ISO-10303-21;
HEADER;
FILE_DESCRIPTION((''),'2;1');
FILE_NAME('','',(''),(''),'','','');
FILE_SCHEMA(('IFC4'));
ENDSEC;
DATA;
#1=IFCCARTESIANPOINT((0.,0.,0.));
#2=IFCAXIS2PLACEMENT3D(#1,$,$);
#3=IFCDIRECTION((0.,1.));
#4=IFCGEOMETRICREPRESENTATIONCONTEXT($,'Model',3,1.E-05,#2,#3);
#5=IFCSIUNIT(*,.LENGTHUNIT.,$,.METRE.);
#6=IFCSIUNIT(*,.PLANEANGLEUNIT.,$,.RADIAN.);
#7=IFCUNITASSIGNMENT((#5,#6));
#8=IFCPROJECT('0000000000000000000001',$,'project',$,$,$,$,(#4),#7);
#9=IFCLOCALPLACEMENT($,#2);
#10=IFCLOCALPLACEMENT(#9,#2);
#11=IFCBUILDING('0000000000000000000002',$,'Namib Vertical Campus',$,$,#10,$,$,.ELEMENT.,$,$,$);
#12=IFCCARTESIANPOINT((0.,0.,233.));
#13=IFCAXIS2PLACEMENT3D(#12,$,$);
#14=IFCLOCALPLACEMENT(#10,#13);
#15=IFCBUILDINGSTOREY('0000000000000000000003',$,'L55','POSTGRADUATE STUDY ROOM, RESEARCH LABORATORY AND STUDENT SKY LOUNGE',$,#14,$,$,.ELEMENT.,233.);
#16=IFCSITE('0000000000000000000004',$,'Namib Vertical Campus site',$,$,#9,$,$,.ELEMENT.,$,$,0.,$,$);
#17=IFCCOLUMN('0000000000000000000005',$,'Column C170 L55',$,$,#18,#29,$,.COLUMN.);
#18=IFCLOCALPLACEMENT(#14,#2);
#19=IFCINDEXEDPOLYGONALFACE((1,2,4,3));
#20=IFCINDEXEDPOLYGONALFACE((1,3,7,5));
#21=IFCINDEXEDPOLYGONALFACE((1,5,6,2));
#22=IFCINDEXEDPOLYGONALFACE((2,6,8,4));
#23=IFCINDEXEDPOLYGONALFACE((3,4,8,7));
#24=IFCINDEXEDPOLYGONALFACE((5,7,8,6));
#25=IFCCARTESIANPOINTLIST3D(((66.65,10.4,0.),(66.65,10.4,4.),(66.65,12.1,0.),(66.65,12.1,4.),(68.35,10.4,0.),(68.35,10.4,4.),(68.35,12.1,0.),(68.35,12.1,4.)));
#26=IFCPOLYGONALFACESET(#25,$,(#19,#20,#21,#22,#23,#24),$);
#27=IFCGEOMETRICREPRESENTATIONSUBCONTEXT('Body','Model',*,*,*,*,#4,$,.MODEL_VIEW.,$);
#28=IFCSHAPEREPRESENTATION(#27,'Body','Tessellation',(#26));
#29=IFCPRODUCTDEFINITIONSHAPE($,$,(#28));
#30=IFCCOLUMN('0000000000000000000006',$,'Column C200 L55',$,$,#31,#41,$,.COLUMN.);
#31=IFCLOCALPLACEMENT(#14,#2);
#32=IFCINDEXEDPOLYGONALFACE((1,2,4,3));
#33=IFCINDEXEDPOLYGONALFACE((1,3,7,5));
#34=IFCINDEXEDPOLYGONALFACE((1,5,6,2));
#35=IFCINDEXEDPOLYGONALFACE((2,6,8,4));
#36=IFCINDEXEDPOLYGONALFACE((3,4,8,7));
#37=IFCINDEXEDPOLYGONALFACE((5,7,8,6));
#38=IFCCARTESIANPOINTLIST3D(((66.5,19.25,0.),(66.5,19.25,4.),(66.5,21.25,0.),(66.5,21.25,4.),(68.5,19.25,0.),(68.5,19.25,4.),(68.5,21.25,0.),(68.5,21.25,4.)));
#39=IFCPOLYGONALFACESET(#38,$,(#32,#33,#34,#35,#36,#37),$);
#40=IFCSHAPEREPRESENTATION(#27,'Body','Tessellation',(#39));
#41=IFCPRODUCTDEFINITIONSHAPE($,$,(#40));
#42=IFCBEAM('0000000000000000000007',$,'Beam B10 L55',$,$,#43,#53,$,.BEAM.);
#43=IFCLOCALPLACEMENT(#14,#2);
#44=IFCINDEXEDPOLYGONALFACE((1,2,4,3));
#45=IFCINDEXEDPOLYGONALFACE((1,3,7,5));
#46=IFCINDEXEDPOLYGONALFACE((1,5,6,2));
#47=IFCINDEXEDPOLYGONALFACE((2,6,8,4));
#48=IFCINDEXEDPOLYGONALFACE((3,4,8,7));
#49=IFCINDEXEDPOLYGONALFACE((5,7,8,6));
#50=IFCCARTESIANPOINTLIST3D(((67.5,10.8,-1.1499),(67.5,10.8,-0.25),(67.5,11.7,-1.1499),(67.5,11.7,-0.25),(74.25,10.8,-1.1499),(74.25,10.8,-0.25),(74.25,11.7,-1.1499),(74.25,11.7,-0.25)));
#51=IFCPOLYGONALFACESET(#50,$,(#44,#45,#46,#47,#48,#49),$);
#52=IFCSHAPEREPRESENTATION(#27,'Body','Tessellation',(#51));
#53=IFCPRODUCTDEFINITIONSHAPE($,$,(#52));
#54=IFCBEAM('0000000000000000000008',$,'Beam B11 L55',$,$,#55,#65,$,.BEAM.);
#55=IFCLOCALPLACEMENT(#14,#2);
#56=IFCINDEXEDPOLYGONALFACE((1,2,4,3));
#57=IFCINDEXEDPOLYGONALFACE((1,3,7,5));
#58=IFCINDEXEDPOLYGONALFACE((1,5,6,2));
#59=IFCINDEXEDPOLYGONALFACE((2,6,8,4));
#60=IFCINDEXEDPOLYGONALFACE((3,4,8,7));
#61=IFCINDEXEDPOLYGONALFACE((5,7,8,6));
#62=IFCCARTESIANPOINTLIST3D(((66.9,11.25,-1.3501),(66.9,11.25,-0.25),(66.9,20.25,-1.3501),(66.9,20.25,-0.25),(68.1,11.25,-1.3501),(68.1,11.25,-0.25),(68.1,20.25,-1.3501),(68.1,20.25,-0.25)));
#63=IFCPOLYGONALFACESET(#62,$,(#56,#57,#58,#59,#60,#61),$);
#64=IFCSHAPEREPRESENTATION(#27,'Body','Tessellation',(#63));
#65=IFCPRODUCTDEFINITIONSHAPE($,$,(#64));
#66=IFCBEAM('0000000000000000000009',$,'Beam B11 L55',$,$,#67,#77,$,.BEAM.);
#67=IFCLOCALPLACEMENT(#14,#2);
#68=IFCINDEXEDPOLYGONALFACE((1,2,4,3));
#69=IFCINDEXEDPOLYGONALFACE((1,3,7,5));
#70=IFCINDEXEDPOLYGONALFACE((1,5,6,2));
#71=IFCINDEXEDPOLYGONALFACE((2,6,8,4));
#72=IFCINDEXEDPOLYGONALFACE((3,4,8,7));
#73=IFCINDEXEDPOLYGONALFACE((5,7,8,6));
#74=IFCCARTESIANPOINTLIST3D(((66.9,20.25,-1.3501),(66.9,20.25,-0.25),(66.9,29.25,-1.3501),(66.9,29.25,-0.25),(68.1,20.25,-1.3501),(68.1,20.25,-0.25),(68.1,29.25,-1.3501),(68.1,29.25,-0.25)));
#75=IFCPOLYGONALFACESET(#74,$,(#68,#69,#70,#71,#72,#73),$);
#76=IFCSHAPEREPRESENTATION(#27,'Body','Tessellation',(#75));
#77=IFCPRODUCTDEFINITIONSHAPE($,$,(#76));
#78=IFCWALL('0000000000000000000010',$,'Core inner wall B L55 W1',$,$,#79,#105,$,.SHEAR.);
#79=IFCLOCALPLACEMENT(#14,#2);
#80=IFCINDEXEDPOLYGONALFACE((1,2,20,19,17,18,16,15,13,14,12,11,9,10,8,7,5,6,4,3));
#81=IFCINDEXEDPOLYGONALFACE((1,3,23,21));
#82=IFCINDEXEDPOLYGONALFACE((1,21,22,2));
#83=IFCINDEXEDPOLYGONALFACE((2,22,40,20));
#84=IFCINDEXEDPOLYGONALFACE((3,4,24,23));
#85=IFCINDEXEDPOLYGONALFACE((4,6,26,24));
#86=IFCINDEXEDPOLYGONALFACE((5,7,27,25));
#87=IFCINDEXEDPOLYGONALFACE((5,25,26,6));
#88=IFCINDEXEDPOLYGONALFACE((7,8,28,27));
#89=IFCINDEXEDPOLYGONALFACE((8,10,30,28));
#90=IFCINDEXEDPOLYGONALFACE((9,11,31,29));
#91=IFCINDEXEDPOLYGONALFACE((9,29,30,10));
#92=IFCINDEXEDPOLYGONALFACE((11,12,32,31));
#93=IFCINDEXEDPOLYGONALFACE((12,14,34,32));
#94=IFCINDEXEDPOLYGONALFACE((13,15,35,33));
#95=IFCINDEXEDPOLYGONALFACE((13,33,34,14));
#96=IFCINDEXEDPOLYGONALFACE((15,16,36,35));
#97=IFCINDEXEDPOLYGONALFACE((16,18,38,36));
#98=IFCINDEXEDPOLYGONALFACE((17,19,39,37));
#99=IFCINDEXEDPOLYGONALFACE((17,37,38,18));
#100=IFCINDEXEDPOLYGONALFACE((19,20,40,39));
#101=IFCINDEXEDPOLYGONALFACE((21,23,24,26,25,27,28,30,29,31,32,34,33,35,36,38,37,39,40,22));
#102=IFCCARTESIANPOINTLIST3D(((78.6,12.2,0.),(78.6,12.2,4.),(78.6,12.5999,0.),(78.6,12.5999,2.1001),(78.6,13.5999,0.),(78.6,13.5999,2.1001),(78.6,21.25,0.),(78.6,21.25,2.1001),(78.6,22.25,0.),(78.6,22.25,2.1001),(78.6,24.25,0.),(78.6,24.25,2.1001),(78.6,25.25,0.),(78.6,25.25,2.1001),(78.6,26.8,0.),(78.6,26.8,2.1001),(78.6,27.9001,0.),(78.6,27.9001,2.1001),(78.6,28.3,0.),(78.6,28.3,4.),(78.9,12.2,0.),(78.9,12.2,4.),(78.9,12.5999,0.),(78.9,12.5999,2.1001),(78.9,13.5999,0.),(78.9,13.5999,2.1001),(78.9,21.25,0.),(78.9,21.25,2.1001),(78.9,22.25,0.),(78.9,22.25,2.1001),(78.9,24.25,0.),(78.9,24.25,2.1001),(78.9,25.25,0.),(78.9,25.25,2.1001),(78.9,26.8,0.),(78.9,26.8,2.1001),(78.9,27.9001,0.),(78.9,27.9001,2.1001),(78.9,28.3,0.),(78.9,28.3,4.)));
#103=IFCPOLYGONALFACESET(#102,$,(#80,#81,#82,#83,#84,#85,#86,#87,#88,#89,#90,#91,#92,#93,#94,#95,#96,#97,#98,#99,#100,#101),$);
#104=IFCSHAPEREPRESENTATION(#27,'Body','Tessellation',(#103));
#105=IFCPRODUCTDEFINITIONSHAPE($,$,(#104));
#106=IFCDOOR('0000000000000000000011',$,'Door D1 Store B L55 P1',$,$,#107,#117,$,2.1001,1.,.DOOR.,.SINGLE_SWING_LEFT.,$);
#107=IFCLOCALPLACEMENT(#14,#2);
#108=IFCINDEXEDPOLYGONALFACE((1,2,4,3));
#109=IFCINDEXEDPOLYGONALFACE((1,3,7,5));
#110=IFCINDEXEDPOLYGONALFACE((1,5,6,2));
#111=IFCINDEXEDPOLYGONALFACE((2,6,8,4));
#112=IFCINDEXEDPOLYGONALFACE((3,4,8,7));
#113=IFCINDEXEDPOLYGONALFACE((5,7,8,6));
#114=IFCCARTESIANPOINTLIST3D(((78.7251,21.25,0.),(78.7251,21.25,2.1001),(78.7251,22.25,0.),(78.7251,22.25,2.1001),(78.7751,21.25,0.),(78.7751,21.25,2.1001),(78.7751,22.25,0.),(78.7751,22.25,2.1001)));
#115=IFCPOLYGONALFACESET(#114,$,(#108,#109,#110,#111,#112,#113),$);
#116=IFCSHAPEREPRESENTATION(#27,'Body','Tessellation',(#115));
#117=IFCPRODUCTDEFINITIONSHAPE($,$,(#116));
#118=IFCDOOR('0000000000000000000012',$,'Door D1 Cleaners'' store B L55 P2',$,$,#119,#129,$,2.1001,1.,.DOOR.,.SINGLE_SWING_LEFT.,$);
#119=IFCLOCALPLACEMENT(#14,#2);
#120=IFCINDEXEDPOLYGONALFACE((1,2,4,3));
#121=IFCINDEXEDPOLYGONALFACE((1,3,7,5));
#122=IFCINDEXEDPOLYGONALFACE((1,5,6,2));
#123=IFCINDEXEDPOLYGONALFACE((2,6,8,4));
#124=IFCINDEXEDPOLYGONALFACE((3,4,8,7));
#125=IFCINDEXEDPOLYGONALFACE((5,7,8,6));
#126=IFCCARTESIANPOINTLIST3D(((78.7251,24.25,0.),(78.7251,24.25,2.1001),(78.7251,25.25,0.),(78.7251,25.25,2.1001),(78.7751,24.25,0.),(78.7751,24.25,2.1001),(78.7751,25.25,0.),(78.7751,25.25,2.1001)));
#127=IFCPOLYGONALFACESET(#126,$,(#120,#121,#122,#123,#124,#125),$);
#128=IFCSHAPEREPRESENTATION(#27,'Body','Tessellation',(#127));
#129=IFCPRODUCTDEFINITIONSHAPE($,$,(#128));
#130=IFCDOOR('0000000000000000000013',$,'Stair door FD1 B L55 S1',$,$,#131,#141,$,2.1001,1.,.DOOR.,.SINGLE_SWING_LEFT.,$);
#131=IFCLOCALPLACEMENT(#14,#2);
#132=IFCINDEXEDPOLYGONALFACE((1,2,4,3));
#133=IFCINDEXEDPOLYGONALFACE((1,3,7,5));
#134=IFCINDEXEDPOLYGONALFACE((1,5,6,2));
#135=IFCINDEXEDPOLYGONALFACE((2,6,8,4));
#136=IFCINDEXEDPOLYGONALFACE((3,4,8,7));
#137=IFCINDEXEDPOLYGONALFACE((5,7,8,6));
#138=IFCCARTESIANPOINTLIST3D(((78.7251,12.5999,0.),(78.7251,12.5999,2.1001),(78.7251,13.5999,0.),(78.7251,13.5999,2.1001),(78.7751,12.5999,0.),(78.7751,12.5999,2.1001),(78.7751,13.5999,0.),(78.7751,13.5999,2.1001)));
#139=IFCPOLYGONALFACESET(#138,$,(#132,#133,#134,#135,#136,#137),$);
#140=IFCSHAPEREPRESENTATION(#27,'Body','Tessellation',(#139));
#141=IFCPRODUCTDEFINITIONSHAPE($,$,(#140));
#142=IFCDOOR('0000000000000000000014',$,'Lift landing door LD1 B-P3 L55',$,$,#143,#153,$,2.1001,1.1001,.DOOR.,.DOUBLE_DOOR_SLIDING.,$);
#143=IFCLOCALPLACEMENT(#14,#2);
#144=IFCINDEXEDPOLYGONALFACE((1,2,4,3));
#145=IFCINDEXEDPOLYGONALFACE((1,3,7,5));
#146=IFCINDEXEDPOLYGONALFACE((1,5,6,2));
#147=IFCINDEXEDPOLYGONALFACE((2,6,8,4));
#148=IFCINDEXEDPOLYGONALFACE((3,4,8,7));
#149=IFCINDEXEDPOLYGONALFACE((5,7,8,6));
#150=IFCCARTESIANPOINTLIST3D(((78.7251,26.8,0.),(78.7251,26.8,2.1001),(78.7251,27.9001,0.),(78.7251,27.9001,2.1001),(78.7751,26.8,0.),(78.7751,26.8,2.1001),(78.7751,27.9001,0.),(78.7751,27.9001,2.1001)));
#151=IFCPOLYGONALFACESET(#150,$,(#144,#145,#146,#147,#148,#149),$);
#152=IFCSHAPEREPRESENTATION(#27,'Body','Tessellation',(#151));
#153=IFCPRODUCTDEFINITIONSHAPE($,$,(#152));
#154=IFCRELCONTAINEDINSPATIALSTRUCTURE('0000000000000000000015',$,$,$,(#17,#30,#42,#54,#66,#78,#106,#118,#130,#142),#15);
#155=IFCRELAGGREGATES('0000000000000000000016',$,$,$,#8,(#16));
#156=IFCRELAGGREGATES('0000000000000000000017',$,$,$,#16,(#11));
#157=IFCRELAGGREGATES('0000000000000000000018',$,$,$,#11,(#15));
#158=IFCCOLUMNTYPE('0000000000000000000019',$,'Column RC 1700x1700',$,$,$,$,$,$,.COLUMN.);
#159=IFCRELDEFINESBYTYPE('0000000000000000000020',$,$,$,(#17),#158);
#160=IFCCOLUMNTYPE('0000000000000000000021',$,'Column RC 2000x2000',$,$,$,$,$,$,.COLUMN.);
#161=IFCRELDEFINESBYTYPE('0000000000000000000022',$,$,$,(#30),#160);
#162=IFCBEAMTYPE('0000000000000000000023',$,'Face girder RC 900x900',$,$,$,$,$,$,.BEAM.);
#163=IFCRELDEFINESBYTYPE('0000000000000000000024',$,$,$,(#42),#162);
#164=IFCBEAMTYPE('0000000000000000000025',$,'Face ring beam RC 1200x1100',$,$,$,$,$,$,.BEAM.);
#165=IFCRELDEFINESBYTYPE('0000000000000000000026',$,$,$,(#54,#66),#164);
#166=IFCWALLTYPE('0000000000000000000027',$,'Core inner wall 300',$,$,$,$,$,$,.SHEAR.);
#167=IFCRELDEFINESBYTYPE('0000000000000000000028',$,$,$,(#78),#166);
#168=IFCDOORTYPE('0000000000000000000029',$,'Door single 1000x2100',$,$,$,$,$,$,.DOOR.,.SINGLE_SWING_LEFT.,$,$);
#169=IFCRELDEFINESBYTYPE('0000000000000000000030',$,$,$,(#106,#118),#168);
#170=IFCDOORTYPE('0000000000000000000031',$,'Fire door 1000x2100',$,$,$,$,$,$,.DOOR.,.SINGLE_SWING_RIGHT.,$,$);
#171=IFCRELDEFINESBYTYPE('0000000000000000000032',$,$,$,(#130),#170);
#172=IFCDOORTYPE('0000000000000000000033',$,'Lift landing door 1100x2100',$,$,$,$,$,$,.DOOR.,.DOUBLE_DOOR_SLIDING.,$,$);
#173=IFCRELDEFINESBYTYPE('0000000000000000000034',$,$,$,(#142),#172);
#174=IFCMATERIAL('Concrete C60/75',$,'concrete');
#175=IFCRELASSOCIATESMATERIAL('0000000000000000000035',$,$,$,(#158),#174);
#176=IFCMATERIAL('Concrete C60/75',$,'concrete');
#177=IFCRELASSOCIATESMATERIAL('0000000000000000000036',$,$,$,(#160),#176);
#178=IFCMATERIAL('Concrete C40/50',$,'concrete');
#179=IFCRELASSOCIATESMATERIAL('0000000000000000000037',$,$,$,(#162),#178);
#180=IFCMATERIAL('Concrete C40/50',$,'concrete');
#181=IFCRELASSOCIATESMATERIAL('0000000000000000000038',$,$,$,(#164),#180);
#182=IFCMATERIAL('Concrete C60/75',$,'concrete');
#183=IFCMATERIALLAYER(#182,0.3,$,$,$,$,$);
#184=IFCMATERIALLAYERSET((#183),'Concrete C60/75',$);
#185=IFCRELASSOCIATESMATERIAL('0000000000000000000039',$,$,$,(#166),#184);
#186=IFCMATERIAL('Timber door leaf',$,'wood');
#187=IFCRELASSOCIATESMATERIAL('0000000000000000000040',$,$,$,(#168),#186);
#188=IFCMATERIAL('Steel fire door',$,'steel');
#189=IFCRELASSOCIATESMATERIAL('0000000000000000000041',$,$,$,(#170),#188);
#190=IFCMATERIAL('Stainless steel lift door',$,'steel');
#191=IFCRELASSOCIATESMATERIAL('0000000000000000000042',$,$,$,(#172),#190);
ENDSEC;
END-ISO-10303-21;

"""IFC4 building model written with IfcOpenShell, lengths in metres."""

from ifc_helpers import new_model, si_unit, direction, frame, frame_2d, origin, origin_2d, place, context, subcontext, project, spatial, rectangle, extrude, material, layer, layer_set, material_profile, profile_set, type_object, element, fill, save


model = new_model("IFC4")

# Units and contexts
model_context = context("Model", 3, precision=1e-05, world=origin(), true_north=direction((0.0, 1.0)))
body_context = subcontext(model_context, "Body", "Model", "MODEL_VIEW")
ifc_project = project(units=[si_unit("LENGTHUNIT", "METRE"), si_unit("PLANEANGLEUNIT", "RADIAN")], contexts=[model_context])

# Site, building, storey
site_placement = place(None, origin())
site = spatial("IfcSite", under=ifc_project, at=site_placement, Name="Namib Vertical Campus site", CompositionType="ELEMENT", RefElevation=0.0)
building_placement = place(site_placement, origin())
building = spatial("IfcBuilding", under=site, at=building_placement, Name="Namib Vertical Campus", CompositionType="ELEMENT")
storey_placement = place(building_placement, frame((0.0, 0.0, 233.0)))
storey = spatial("IfcBuildingStorey", under=building, at=storey_placement, Name="L55", Description="POSTGRADUATE STUDY ROOM, RESEARCH LABORATORY AND STUDENT SKY LOUNGE", CompositionType="ELEMENT", Elevation=233.0)

# Columns
ifc_material_1 = material(Name="Concrete C60/75", Category="concrete")
ifc_material_profile_1 = material_profile(ifc_material_1, rectangle(XDim=1.7, YDim=1.7, at=origin_2d()))
ifc_profile_set_1 = profile_set([ifc_material_profile_1], Name="Concrete C60/75")
column_type_1 = type_object("IfcColumnType", Name="Column RC 1700x1700", PredefinedType="COLUMN", material=ifc_profile_set_1)
column_1_placement = place(storey_placement, frame((67.5, 11.25, 0.0), z_axis=(0.0, 0.0, 1.0), x_axis=(1.0, 0.0, 0.0)))
element("IfcColumn", 1, at=column_1_placement, inside=storey, type_object=column_type_1, Name="Column C170 L55", PredefinedType="COLUMN", context=body_context, shape_type="SweptSolid", body=[
    extrude(rectangle(XDim=1.7, YDim=1.7, at=origin_2d()), origin(), (0.0, 0.0, 1.0), 4.0),
])
ifc_material_2 = material(Name="Concrete C60/75", Category="concrete")
ifc_material_profile_2 = material_profile(ifc_material_2, rectangle(XDim=2.0, YDim=2.0, at=origin_2d()))
ifc_profile_set_2 = profile_set([ifc_material_profile_2], Name="Concrete C60/75")
column_type_2 = type_object("IfcColumnType", Name="Column RC 2000x2000", PredefinedType="COLUMN", material=ifc_profile_set_2)
column_2_placement = place(storey_placement, frame((67.5, 20.25, 0.0), z_axis=(0.0, 0.0, 1.0), x_axis=(1.0, 0.0, 0.0)))
element("IfcColumn", 2, at=column_2_placement, inside=storey, type_object=column_type_2, Name="Column C200 L55", PredefinedType="COLUMN", context=body_context, shape_type="SweptSolid", body=[
    extrude(rectangle(XDim=2.0, YDim=2.0, at=origin_2d()), origin(), (0.0, 0.0, 1.0), 4.0),
])

# Beams
ifc_material_3 = material(Name="Concrete C40/50", Category="concrete")
ifc_material_profile_3 = material_profile(ifc_material_3, rectangle(XDim=0.8999, YDim=0.8999, at=origin_2d()))
ifc_profile_set_3 = profile_set([ifc_material_profile_3], Name="Concrete C40/50")
beam_type_1 = type_object("IfcBeamType", Name="Face girder RC 900x900", PredefinedType="BEAM", material=ifc_profile_set_3)
beam_placement = place(storey_placement, frame((67.5, 11.25, -0.7), z_axis=(1.0, 0.0, 0.0), x_axis=(0.0, 1.0, 0.0)))
element("IfcBeam", 3, at=beam_placement, inside=storey, type_object=beam_type_1, Name="Beam B10 L55", PredefinedType="BEAM", context=body_context, shape_type="SweptSolid", body=[
    extrude(rectangle(XDim=0.8999, YDim=0.8999, at=origin_2d()), origin(), (0.0, 0.0, 1.0), 6.75),
])
ifc_material_4 = material(Name="Concrete C40/50", Category="concrete")
ifc_material_profile_4 = material_profile(ifc_material_4, rectangle(XDim=1.2, YDim=1.1001, at=origin_2d()))
ifc_profile_set_4 = profile_set([ifc_material_profile_4], Name="Concrete C40/50")
beam_type_2 = type_object("IfcBeamType", Name="Face ring beam RC 1200x1100", PredefinedType="BEAM", material=ifc_profile_set_4)
for number, where, z_axis, x_axis, name in (
    (4, (67.5, 11.25, -0.8), (0.0, 1.0, 0.0), (-1.0, 0.0, 0.0), "Beam B11 L55"),
    (5, (67.5, 20.25, -0.8), (0.0, 1.0, 0.0), (-1.0, 0.0, 0.0), "Beam B11 L55"),
):
    element("IfcBeam", number, at=place(storey_placement, frame(where, z_axis=z_axis, x_axis=x_axis)), inside=storey, type_object=beam_type_2, Name=name, PredefinedType="BEAM", context=body_context, shape_type="SweptSolid", body=[
        extrude(rectangle(XDim=1.2, YDim=1.1001, at=origin_2d()), origin(), (0.0, 0.0, 1.0), 9.0),
    ])

# Wall, openings, doors
ifc_material_5 = material(Name="Concrete C60/75", Category="concrete")
ifc_layer_1 = layer(ifc_material_5, 0.3)
ifc_layer_set_1 = layer_set([ifc_layer_1], Name="Concrete C60/75")
wall_type_1 = type_object("IfcWallType", Name="Core inner wall 300", PredefinedType="SHEAR", material=ifc_layer_set_1)
wall_1_placement = place(storey_placement, frame((78.75, 12.2, 0.0), z_axis=(0.0, 0.0, 1.0), x_axis=(0.0, 1.0, 0.0)))
wall_1 = element("IfcWall", 6, at=wall_1_placement, inside=storey, type_object=wall_type_1, Name="Core inner wall B L55 W1", PredefinedType="SHEAR", context=body_context, shape_type="SweptSolid", body=[
    extrude(rectangle(XDim=16.1001, YDim=0.3, at=frame_2d((8.05, 0.0))), origin(), (0.0, 0.0, 1.0), 4.0),
])
opening_1_placement = place(wall_1_placement, frame((0.3999, 0.0, 0.0)))
opening_1 = element("IfcOpeningElement", 7, at=opening_1_placement, cuts=wall_1, PredefinedType="OPENING", context=body_context, shape_type="SweptSolid", body=[
    extrude(rectangle(XDim=1.0, YDim=2.1001, at=frame_2d((0.5, 1.05))), frame((0.0, 0.1599, 0.0), z_axis=(0.0, -1.0, 0.0), x_axis=(1.0, 0.0, 0.0)), (0.0, 0.0, 1.0), 0.3201),
])
opening_2_placement = place(wall_1_placement, frame((14.6001, 0.0, 0.0)))
opening_2 = element("IfcOpeningElement", 8, at=opening_2_placement, cuts=wall_1, PredefinedType="OPENING", context=body_context, shape_type="SweptSolid", body=[
    extrude(rectangle(XDim=1.1001, YDim=2.1001, at=frame_2d((0.55, 1.05))), frame((0.0, 0.1599, 0.0), z_axis=(0.0, -1.0, 0.0), x_axis=(1.0, 0.0, 0.0)), (0.0, 0.0, 1.0), 0.3201),
])
opening_3_placement = place(wall_1_placement, frame((9.05, 0.0, 0.0)))
opening_3 = element("IfcOpeningElement", 9, at=opening_3_placement, cuts=wall_1, PredefinedType="OPENING", context=body_context, shape_type="SweptSolid", body=[
    extrude(rectangle(XDim=1.0, YDim=2.1001, at=frame_2d((0.5, 1.05))), frame((0.0, 0.1599, 0.0), z_axis=(0.0, -1.0, 0.0), x_axis=(1.0, 0.0, 0.0)), (0.0, 0.0, 1.0), 0.3201),
])
opening_4_placement = place(wall_1_placement, frame((12.05, 0.0, 0.0)))
opening_4 = element("IfcOpeningElement", 10, at=opening_4_placement, cuts=wall_1, PredefinedType="OPENING", context=body_context, shape_type="SweptSolid", body=[
    extrude(rectangle(XDim=1.0, YDim=2.1001, at=frame_2d((0.5, 1.05))), frame((0.0, 0.1599, 0.0), z_axis=(0.0, -1.0, 0.0), x_axis=(1.0, 0.0, 0.0)), (0.0, 0.0, 1.0), 0.3201),
])
ifc_material_6 = material(Name="Timber door leaf", Category="wood")
door_type_1 = type_object("IfcDoorType", Name="Door single 1000x2100", OperationType="SINGLE_SWING_LEFT", PredefinedType="DOOR", material=ifc_material_6)
door_1_placement = place(opening_3_placement, origin())
door_1 = element("IfcDoor", 11, at=door_1_placement, inside=storey, type_object=door_type_1, Name="Door D1 Store B L55 P1", OperationType="SINGLE_SWING_LEFT", OverallHeight=2.1001, OverallWidth=1.0, PredefinedType="DOOR", context=body_context, shape_type="SweptSolid", body=[
    extrude(rectangle(XDim=1.0, YDim=2.1001, at=frame_2d((0.5, 1.05))), frame((0.0, 0.0249, 0.0), z_axis=(0.0, -1.0, 0.0), x_axis=(1.0, 0.0, 0.0)), (0.0, 0.0, 1.0), 0.05),
])
fill(opening_3, door_1)
door_2_placement = place(opening_4_placement, origin())
door_2 = element("IfcDoor", 12, at=door_2_placement, inside=storey, type_object=door_type_1, Name="Door D1 Cleaners' store B L55 P2", OperationType="SINGLE_SWING_LEFT", OverallHeight=2.1001, OverallWidth=1.0, PredefinedType="DOOR", context=body_context, shape_type="SweptSolid", body=[
    extrude(rectangle(XDim=1.0, YDim=2.1001, at=frame_2d((0.5, 1.05))), frame((0.0, 0.0249, 0.0), z_axis=(0.0, -1.0, 0.0), x_axis=(1.0, 0.0, 0.0)), (0.0, 0.0, 1.0), 0.05),
])
fill(opening_4, door_2)
ifc_material_7 = material(Name="Steel fire door", Category="steel")
door_type_2 = type_object("IfcDoorType", Name="Fire door 1000x2100", OperationType="SINGLE_SWING_RIGHT", PredefinedType="DOOR", material=ifc_material_7)
door_3_placement = place(opening_1_placement, origin())
door_3 = element("IfcDoor", 13, at=door_3_placement, inside=storey, type_object=door_type_2, Name="Stair door FD1 B L55 S1", OperationType="SINGLE_SWING_LEFT", OverallHeight=2.1001, OverallWidth=1.0, PredefinedType="DOOR", context=body_context, shape_type="SweptSolid", body=[
    extrude(rectangle(XDim=1.0, YDim=2.1001, at=frame_2d((0.5, 1.05))), frame((0.0, 0.0249, 0.0), z_axis=(0.0, -1.0, 0.0), x_axis=(1.0, 0.0, 0.0)), (0.0, 0.0, 1.0), 0.05),
])
fill(opening_1, door_3)
ifc_material_8 = material(Name="Stainless steel lift door", Category="steel")
door_type_3 = type_object("IfcDoorType", Name="Lift landing door 1100x2100", OperationType="DOUBLE_DOOR_SLIDING", PredefinedType="DOOR", material=ifc_material_8)
door_4_placement = place(opening_2_placement, origin())
door_4 = element("IfcDoor", 14, at=door_4_placement, inside=storey, type_object=door_type_3, Name="Lift landing door LD1 B-P3 L55", OperationType="DOUBLE_DOOR_SLIDING", OverallHeight=2.1001, OverallWidth=1.1001, PredefinedType="DOOR", context=body_context, shape_type="SweptSolid", body=[
    extrude(rectangle(XDim=1.1001, YDim=2.1001, at=frame_2d((0.55, 1.05))), frame((0.0, 0.0249, 0.0), z_axis=(0.0, -1.0, 0.0), x_axis=(1.0, 0.0, 0.0)), (0.0, 0.0, 1.0), 0.05),
])
fill(opening_2, door_4)

save(model, "model.ifc")
